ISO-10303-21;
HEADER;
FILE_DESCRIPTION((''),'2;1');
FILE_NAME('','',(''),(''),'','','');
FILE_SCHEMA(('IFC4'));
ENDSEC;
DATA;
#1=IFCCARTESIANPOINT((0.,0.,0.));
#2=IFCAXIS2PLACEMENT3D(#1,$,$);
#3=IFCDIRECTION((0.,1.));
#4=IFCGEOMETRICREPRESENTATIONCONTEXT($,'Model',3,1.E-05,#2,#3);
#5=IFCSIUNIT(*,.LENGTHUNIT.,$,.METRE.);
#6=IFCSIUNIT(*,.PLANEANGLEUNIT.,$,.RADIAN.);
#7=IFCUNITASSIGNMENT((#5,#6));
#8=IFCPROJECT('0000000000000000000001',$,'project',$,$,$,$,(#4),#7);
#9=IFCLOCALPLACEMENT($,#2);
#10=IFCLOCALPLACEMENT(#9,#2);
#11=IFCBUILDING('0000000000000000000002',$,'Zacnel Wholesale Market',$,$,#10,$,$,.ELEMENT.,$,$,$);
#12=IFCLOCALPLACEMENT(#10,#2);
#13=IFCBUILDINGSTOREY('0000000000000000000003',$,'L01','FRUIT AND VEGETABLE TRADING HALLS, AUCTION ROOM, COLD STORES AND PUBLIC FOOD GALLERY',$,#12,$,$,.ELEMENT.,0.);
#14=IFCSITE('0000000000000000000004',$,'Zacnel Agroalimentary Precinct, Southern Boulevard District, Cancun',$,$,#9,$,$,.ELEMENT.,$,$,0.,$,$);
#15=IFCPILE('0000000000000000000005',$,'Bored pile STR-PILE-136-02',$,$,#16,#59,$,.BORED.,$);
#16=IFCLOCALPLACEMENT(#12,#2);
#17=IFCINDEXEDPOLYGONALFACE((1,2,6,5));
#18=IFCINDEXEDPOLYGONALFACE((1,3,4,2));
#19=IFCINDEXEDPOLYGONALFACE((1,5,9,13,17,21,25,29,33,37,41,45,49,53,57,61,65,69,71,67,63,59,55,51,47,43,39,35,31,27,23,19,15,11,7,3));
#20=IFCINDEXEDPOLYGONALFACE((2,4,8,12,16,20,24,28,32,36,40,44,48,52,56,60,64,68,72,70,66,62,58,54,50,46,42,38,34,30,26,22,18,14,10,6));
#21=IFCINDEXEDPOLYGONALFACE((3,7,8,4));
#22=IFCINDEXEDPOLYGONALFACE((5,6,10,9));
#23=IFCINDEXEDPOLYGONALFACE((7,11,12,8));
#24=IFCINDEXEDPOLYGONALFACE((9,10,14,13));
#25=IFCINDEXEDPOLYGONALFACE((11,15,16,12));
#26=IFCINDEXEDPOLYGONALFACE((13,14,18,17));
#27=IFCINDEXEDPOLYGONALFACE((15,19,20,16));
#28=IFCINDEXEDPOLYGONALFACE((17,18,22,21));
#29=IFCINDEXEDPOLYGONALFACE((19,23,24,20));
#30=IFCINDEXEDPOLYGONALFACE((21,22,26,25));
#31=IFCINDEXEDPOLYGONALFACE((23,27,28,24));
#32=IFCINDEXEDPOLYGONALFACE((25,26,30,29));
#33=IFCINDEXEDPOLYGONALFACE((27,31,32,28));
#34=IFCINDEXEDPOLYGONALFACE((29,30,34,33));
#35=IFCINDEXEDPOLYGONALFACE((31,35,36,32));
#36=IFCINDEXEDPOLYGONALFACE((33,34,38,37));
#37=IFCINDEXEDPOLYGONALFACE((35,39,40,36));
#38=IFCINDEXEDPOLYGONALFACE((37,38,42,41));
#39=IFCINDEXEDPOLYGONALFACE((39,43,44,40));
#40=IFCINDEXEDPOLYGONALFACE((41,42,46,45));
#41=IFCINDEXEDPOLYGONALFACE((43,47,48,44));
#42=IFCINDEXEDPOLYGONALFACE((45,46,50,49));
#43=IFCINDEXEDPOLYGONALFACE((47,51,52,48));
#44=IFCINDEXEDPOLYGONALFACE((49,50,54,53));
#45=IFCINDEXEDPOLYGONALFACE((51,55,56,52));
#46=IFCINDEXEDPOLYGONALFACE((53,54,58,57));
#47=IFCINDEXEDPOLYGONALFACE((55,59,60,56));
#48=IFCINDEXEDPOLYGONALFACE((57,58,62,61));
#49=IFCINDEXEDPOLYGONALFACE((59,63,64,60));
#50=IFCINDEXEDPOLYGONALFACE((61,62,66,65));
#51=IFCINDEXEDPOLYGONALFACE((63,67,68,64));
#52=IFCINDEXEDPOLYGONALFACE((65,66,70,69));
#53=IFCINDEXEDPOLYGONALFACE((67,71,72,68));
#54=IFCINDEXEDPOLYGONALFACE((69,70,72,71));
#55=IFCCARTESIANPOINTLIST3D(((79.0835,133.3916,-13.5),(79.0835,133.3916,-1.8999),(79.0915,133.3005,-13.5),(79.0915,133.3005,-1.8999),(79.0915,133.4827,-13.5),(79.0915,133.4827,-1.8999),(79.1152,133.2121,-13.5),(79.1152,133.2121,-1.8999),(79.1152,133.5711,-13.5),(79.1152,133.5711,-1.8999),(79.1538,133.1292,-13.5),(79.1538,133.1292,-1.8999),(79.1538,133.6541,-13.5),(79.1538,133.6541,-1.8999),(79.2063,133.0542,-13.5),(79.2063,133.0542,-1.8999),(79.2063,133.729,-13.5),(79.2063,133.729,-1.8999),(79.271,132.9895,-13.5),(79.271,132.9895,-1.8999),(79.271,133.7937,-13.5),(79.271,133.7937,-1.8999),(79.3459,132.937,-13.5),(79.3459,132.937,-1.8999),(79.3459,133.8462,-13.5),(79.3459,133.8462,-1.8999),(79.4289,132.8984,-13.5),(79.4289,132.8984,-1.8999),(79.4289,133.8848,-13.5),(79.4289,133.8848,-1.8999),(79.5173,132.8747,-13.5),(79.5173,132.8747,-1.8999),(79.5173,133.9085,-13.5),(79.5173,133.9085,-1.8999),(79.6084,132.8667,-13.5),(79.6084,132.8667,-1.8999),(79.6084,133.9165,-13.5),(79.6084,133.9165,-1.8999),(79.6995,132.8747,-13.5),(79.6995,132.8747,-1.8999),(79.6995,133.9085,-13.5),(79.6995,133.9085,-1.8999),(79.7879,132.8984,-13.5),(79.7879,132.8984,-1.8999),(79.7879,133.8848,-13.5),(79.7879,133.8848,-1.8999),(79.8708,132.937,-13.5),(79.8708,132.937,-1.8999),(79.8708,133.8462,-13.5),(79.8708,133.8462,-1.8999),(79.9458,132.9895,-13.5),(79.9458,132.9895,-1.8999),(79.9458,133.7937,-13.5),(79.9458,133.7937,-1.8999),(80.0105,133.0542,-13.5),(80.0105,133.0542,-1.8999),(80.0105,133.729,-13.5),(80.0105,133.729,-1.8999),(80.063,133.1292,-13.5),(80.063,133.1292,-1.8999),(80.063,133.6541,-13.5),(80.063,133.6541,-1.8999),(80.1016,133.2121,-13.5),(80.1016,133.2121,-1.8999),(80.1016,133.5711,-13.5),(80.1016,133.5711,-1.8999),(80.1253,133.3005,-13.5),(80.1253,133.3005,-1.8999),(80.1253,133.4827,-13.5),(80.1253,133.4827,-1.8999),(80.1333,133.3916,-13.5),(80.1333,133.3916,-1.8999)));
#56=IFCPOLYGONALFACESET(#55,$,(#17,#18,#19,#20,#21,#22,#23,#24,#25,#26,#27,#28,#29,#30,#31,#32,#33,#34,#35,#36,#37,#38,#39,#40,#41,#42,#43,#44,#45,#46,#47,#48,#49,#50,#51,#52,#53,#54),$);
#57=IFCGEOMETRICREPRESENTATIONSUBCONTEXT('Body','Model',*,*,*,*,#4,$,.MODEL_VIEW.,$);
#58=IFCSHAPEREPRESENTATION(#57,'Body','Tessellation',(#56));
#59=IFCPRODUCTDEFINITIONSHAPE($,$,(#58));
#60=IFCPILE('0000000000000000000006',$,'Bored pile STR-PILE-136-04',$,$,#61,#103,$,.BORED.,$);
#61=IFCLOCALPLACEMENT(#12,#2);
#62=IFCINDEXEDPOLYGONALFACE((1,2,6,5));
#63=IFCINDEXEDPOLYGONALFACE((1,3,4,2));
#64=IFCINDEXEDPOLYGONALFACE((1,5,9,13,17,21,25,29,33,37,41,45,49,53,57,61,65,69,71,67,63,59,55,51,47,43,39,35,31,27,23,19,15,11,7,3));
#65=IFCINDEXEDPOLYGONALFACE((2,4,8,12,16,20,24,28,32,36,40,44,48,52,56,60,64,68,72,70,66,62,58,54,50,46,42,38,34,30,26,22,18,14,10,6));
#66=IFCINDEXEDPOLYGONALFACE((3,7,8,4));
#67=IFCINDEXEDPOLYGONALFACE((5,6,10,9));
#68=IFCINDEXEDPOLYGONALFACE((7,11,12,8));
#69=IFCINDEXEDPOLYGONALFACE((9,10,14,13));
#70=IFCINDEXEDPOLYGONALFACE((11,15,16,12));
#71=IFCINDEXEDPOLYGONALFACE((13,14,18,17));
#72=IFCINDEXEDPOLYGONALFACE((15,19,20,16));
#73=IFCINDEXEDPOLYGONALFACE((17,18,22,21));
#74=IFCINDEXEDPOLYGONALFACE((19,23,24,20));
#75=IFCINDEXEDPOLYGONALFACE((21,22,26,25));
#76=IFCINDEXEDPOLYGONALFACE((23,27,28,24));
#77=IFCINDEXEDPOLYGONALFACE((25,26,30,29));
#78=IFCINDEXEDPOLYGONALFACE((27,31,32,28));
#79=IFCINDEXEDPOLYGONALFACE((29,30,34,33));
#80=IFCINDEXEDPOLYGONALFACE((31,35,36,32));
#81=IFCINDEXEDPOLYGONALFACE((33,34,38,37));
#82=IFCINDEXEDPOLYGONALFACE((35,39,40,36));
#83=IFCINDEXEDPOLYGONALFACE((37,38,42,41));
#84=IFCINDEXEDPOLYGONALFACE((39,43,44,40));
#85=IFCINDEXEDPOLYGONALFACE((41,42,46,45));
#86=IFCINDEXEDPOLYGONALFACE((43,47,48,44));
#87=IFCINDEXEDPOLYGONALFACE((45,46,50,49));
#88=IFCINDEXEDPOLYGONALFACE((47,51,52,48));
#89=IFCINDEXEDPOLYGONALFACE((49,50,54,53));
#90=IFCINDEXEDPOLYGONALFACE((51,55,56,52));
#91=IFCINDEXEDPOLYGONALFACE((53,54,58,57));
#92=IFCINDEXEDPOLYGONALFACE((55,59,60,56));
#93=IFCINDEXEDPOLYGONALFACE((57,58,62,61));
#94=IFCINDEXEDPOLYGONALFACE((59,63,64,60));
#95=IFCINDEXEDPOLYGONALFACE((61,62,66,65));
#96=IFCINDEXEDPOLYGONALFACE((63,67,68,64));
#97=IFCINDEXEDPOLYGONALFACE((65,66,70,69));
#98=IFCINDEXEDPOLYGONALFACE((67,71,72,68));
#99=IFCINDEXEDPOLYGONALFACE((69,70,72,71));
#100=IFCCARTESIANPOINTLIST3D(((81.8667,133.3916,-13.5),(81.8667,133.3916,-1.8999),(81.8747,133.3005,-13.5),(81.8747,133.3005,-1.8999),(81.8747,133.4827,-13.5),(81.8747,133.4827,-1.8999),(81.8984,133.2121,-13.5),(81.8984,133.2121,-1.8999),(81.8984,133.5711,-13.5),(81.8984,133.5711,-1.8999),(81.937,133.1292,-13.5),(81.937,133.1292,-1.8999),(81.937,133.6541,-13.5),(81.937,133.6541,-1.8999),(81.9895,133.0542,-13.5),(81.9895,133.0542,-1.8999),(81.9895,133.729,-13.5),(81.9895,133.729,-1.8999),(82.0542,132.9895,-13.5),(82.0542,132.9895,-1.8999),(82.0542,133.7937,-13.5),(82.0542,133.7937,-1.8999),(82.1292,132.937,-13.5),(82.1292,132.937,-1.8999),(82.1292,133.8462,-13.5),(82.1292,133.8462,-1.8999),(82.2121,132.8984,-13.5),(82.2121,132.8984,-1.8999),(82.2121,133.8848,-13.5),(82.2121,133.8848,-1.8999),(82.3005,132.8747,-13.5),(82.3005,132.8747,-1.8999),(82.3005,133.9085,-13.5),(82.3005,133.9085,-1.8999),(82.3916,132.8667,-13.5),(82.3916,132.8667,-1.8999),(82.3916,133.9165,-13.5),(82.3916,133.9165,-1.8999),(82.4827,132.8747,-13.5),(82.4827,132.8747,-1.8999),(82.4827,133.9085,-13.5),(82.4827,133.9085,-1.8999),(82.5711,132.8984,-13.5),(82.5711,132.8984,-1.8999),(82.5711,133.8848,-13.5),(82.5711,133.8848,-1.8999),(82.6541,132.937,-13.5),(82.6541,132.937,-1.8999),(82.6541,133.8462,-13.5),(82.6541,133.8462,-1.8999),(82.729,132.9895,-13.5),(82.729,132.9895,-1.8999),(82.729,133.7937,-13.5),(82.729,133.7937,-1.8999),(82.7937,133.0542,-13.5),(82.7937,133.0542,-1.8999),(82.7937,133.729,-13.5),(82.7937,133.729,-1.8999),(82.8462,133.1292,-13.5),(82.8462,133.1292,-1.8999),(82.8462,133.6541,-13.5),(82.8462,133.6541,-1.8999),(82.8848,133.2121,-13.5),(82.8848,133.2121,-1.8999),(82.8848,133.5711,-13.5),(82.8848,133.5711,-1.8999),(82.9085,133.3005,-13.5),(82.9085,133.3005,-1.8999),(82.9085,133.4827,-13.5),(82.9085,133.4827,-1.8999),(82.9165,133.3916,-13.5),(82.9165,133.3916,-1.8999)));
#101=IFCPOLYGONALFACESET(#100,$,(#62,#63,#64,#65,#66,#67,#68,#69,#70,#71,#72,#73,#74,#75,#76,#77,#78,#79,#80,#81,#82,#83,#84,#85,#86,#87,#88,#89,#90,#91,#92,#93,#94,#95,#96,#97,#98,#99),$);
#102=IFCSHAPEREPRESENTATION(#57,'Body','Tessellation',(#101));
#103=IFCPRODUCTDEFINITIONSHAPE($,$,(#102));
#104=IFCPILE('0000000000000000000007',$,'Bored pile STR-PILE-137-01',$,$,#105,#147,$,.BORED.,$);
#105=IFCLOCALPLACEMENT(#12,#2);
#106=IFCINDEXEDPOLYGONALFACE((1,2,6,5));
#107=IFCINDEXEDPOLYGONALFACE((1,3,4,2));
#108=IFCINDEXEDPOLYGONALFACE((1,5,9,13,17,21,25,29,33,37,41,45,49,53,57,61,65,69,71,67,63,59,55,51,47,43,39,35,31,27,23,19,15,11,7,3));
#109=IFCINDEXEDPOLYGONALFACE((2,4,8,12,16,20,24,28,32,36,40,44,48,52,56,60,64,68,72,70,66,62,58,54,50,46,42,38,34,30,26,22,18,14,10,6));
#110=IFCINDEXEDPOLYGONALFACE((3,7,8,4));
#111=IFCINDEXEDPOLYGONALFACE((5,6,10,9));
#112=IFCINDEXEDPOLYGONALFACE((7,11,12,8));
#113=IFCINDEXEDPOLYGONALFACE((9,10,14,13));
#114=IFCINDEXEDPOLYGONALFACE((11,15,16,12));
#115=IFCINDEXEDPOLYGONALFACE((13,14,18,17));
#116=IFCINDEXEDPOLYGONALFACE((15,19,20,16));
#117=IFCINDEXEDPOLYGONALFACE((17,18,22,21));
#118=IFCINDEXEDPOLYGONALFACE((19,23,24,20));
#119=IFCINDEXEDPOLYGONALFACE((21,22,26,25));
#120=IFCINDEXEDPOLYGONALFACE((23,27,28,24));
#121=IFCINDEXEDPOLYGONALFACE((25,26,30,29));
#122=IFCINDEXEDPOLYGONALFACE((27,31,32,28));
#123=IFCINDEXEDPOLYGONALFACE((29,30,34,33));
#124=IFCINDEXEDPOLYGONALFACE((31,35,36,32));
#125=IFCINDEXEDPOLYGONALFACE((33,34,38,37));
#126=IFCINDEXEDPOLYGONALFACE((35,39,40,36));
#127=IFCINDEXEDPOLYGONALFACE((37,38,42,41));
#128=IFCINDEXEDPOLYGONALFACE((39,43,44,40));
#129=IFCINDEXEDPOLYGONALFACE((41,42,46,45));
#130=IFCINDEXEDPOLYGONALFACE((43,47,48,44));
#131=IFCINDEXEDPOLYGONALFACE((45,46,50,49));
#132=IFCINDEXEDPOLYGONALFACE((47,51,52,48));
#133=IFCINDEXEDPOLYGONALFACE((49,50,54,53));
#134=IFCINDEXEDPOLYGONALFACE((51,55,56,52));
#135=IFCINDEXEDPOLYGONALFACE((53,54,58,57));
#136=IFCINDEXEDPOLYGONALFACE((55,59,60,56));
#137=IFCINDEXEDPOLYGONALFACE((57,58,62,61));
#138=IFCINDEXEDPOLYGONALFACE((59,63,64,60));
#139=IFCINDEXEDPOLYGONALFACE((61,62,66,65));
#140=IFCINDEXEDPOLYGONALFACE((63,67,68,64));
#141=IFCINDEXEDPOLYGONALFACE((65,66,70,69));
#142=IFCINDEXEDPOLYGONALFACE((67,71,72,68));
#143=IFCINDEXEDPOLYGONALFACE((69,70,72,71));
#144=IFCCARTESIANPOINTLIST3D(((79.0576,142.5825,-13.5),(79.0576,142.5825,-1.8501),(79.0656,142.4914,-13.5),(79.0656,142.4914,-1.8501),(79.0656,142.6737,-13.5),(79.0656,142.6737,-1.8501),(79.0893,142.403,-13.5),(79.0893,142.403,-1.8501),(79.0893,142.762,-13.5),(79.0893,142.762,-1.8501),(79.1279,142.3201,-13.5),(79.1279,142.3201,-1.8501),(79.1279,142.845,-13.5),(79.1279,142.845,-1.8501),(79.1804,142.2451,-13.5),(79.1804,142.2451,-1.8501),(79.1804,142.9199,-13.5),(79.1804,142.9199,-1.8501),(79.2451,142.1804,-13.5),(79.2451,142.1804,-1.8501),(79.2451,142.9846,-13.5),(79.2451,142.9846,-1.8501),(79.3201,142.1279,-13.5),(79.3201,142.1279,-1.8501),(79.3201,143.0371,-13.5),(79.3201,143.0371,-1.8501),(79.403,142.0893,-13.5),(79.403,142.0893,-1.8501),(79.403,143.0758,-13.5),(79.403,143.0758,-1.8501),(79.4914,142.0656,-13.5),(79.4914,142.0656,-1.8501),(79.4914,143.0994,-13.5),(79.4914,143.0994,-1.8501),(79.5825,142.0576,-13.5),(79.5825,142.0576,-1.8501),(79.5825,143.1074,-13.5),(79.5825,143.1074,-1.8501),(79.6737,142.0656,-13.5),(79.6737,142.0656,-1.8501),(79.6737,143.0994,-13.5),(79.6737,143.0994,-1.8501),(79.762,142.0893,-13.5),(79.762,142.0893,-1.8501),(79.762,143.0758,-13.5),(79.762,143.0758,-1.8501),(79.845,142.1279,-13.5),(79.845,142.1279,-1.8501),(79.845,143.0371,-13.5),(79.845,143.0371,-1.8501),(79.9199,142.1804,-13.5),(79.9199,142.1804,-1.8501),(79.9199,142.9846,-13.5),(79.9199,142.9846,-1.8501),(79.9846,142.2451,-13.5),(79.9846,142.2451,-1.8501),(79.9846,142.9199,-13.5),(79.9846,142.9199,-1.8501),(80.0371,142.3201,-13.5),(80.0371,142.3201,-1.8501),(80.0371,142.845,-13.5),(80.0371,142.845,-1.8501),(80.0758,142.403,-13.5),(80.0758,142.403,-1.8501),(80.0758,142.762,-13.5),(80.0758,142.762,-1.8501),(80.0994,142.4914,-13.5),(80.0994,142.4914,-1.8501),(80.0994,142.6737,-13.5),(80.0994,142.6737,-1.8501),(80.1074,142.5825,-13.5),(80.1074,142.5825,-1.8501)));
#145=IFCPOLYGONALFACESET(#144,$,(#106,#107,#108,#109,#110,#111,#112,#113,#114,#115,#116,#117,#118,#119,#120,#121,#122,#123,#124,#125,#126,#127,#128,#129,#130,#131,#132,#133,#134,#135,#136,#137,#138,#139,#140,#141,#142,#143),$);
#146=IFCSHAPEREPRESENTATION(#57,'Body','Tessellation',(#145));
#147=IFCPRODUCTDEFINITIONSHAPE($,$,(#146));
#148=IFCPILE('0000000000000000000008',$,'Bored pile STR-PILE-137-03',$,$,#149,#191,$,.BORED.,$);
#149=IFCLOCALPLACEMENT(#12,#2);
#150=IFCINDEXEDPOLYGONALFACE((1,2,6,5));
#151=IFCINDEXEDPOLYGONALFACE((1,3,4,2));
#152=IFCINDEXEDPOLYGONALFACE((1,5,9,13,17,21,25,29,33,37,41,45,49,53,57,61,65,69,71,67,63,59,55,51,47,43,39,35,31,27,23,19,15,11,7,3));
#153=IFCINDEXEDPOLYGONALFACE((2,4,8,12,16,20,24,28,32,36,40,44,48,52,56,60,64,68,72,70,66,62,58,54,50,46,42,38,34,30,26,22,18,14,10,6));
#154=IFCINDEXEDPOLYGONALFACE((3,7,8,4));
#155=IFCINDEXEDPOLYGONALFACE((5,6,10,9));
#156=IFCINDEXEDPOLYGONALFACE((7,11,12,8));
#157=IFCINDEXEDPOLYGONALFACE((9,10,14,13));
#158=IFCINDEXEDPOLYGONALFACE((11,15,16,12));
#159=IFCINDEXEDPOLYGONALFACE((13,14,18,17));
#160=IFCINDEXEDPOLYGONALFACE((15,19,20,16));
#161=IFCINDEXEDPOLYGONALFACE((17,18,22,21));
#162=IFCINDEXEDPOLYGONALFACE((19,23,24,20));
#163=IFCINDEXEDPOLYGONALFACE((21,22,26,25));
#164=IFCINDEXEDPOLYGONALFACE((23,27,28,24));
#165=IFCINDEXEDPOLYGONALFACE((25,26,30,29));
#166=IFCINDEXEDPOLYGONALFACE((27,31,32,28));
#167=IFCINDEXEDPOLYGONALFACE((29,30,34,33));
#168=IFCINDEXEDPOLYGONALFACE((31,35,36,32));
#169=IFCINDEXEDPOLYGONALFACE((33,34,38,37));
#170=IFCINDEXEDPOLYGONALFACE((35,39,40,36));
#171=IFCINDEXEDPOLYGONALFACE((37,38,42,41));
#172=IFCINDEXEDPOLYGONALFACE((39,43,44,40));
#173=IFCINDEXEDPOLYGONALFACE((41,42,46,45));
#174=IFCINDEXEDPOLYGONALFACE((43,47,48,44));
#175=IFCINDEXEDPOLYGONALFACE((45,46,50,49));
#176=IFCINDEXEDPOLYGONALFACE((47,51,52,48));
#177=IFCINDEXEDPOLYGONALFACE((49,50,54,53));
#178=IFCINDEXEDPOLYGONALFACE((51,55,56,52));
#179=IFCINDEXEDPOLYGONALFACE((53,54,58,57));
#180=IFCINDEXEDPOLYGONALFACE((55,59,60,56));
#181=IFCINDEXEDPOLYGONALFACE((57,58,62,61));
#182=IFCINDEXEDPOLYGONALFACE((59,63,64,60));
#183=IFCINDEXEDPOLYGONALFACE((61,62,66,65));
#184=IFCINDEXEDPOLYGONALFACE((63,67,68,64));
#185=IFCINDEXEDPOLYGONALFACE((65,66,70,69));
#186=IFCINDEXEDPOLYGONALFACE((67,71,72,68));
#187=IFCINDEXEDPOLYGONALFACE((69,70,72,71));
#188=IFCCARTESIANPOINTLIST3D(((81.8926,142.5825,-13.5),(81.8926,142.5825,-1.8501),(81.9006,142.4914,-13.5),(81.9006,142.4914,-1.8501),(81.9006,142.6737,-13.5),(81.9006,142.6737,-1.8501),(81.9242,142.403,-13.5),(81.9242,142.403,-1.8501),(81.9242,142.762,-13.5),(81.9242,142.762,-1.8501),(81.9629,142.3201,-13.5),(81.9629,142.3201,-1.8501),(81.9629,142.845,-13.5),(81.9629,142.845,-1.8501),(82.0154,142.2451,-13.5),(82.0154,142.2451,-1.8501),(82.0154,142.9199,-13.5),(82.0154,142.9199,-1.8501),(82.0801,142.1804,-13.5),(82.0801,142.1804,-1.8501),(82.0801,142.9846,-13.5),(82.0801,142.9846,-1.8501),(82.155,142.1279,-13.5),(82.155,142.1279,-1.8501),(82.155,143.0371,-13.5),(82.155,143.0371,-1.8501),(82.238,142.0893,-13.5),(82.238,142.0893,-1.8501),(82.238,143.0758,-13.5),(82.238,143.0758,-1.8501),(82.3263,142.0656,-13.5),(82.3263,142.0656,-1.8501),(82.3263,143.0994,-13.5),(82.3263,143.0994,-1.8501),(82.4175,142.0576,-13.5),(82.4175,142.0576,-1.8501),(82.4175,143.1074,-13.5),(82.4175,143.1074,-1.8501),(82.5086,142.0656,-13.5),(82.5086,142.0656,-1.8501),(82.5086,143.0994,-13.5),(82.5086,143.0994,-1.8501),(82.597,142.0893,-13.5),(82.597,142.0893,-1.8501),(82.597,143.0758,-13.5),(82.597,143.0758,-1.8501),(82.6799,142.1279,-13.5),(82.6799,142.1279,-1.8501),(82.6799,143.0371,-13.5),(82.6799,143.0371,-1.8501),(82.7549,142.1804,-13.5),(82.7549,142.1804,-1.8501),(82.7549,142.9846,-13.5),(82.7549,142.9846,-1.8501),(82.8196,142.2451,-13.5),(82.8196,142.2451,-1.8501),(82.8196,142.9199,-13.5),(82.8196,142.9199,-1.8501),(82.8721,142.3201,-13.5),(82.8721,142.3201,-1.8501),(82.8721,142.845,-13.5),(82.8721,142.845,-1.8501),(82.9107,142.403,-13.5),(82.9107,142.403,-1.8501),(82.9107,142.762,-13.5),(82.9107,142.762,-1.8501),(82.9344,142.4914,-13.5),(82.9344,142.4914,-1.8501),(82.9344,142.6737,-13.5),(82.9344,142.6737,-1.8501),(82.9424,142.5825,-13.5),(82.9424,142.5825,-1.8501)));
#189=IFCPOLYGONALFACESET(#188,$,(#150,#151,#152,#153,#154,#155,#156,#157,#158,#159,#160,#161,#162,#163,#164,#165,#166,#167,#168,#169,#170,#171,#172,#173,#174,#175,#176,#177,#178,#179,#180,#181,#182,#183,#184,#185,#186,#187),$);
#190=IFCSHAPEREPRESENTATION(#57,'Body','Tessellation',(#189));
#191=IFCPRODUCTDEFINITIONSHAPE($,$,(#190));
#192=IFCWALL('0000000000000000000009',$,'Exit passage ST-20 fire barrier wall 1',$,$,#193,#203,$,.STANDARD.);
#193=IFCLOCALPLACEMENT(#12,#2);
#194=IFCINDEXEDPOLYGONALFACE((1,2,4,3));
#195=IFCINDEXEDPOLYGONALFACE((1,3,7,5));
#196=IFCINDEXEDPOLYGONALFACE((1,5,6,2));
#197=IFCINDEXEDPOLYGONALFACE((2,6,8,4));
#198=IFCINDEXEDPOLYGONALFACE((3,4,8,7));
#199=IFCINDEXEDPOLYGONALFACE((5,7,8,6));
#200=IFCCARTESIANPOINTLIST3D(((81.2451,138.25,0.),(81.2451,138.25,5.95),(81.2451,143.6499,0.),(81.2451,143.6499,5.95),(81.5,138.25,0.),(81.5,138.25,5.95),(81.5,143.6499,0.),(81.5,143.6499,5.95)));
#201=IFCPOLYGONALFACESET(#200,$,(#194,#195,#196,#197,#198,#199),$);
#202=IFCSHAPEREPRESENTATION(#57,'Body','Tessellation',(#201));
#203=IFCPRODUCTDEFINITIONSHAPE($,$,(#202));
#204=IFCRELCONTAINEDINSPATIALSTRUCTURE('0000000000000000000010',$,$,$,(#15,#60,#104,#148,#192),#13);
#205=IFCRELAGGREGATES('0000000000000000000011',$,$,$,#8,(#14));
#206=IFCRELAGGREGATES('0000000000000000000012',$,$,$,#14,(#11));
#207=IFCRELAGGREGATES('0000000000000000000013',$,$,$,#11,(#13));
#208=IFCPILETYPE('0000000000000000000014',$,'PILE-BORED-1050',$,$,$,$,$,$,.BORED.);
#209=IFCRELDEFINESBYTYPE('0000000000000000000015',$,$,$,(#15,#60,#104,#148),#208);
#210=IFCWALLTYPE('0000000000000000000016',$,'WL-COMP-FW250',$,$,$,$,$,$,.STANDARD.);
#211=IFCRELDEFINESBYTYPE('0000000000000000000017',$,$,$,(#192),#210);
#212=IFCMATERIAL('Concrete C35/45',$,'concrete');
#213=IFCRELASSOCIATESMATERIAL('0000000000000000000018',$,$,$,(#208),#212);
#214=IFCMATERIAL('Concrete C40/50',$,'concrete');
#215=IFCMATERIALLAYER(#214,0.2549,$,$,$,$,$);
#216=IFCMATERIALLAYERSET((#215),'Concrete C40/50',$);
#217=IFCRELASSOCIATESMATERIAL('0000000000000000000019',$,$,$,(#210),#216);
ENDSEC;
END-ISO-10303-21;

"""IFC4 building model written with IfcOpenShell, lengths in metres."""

from ifc_helpers import new_model, si_unit, direction, frame, frame_2d, origin, origin_2d, place, context, subcontext, project, spatial, rectangle, circle, extrude, material, layer, layer_set, material_profile, profile_set, type_object, element, save


model = new_model("IFC4")

# Units and contexts
model_context = context("Model", 3, precision=1e-05, world=origin(), true_north=direction((0.0, 1.0)))
body_context = subcontext(model_context, "Body", "Model", "MODEL_VIEW")
ifc_project = project(units=[si_unit("LENGTHUNIT", "METRE"), si_unit("PLANEANGLEUNIT", "RADIAN")], contexts=[model_context])

# Site, building, storey
site_placement = place(None, origin())
site = spatial("IfcSite", under=ifc_project, at=site_placement, Name="Zacnel Agroalimentary Precinct, Southern Boulevard District, Cancun", CompositionType="ELEMENT", RefElevation=0.0)
building_placement = place(site_placement, origin())
building = spatial("IfcBuilding", under=site, at=building_placement, Name="Zacnel Wholesale Market", CompositionType="ELEMENT")
storey_placement = place(building_placement, origin())
storey = spatial("IfcBuildingStorey", under=building, at=storey_placement, Name="L01", Description="FRUIT AND VEGETABLE TRADING HALLS, AUCTION ROOM, COLD STORES AND PUBLIC FOOD GALLERY", CompositionType="ELEMENT", Elevation=0.0)

# Piles
ifc_material_1 = material(Name="Concrete C35/45", Category="concrete")
ifc_material_profile_1 = material_profile(ifc_material_1, circle(Radius=0.5249, at=origin_2d()), Name="BORED PILE D1050")
ifc_profile_set_1 = profile_set([ifc_material_profile_1], Name="Concrete C35/45")
pile_type = type_object("IfcPileType", Name="PILE-BORED-1050", PredefinedType="BORED", material=ifc_profile_set_1)
for number, where, z_axis, x_axis, name in (
    (1, (79.6084, 133.3916, -1.8999), (0.0, 0.0, -1.0), (1.0, 0.0, 0.0), "Bored pile STR-PILE-136-02"),
    (2, (82.3916, 133.3916, -1.8999), (0.0, 0.0, -1.0), (1.0, 0.0, 0.0), "Bored pile STR-PILE-136-04"),
):
    element("IfcPile", number, at=place(storey_placement, frame(where, z_axis=z_axis, x_axis=x_axis)), inside=storey, type_object=pile_type, Name=name, PredefinedType="BORED", context=body_context, shape_type="SweptSolid", body=[
        extrude(circle(Radius=0.5249, at=origin_2d()), origin(), (0.0, 0.0, 1.0), 11.6001),
    ])
for number, where, z_axis, x_axis, name in (
    (3, (79.5825, 142.5825, -1.8501), (0.0, 0.0, -1.0), (1.0, 0.0, 0.0), "Bored pile STR-PILE-137-01"),
    (4, (82.4175, 142.5825, -1.8501), (0.0, 0.0, -1.0), (1.0, 0.0, 0.0), "Bored pile STR-PILE-137-03"),
):
    element("IfcPile", number, at=place(storey_placement, frame(where, z_axis=z_axis, x_axis=x_axis)), inside=storey, type_object=pile_type, Name=name, PredefinedType="BORED", context=body_context, shape_type="SweptSolid", body=[
        extrude(circle(Radius=0.5249, at=origin_2d()), origin(), (0.0, 0.0, 1.0), 11.6499),
    ])

# Wall
ifc_material_2 = material(Name="Concrete C40/50", Category="concrete")
ifc_layer_1 = layer(ifc_material_2, 0.2549)
ifc_layer_set_1 = layer_set([ifc_layer_1], Name="Concrete C40/50")
wall_type_1 = type_object("IfcWallType", Name="WL-COMP-FW250", PredefinedType="STANDARD", material=ifc_layer_set_1)
wall_1_placement = place(storey_placement, frame((81.3726, 138.25, 0.0), z_axis=(0.0, 0.0, 1.0), x_axis=(0.0, 1.0, 0.0)))
element("IfcWall", 5, at=wall_1_placement, inside=storey, type_object=wall_type_1, Name="Exit passage ST-20 fire barrier wall 1", PredefinedType="STANDARD", context=body_context, shape_type="SweptSolid", body=[
    extrude(rectangle(XDim=5.3999, YDim=0.2549, at=frame_2d((2.7, 0.0))), origin(), (0.0, 0.0, 1.0), 5.95),
])

save(model, "model.ifc")
